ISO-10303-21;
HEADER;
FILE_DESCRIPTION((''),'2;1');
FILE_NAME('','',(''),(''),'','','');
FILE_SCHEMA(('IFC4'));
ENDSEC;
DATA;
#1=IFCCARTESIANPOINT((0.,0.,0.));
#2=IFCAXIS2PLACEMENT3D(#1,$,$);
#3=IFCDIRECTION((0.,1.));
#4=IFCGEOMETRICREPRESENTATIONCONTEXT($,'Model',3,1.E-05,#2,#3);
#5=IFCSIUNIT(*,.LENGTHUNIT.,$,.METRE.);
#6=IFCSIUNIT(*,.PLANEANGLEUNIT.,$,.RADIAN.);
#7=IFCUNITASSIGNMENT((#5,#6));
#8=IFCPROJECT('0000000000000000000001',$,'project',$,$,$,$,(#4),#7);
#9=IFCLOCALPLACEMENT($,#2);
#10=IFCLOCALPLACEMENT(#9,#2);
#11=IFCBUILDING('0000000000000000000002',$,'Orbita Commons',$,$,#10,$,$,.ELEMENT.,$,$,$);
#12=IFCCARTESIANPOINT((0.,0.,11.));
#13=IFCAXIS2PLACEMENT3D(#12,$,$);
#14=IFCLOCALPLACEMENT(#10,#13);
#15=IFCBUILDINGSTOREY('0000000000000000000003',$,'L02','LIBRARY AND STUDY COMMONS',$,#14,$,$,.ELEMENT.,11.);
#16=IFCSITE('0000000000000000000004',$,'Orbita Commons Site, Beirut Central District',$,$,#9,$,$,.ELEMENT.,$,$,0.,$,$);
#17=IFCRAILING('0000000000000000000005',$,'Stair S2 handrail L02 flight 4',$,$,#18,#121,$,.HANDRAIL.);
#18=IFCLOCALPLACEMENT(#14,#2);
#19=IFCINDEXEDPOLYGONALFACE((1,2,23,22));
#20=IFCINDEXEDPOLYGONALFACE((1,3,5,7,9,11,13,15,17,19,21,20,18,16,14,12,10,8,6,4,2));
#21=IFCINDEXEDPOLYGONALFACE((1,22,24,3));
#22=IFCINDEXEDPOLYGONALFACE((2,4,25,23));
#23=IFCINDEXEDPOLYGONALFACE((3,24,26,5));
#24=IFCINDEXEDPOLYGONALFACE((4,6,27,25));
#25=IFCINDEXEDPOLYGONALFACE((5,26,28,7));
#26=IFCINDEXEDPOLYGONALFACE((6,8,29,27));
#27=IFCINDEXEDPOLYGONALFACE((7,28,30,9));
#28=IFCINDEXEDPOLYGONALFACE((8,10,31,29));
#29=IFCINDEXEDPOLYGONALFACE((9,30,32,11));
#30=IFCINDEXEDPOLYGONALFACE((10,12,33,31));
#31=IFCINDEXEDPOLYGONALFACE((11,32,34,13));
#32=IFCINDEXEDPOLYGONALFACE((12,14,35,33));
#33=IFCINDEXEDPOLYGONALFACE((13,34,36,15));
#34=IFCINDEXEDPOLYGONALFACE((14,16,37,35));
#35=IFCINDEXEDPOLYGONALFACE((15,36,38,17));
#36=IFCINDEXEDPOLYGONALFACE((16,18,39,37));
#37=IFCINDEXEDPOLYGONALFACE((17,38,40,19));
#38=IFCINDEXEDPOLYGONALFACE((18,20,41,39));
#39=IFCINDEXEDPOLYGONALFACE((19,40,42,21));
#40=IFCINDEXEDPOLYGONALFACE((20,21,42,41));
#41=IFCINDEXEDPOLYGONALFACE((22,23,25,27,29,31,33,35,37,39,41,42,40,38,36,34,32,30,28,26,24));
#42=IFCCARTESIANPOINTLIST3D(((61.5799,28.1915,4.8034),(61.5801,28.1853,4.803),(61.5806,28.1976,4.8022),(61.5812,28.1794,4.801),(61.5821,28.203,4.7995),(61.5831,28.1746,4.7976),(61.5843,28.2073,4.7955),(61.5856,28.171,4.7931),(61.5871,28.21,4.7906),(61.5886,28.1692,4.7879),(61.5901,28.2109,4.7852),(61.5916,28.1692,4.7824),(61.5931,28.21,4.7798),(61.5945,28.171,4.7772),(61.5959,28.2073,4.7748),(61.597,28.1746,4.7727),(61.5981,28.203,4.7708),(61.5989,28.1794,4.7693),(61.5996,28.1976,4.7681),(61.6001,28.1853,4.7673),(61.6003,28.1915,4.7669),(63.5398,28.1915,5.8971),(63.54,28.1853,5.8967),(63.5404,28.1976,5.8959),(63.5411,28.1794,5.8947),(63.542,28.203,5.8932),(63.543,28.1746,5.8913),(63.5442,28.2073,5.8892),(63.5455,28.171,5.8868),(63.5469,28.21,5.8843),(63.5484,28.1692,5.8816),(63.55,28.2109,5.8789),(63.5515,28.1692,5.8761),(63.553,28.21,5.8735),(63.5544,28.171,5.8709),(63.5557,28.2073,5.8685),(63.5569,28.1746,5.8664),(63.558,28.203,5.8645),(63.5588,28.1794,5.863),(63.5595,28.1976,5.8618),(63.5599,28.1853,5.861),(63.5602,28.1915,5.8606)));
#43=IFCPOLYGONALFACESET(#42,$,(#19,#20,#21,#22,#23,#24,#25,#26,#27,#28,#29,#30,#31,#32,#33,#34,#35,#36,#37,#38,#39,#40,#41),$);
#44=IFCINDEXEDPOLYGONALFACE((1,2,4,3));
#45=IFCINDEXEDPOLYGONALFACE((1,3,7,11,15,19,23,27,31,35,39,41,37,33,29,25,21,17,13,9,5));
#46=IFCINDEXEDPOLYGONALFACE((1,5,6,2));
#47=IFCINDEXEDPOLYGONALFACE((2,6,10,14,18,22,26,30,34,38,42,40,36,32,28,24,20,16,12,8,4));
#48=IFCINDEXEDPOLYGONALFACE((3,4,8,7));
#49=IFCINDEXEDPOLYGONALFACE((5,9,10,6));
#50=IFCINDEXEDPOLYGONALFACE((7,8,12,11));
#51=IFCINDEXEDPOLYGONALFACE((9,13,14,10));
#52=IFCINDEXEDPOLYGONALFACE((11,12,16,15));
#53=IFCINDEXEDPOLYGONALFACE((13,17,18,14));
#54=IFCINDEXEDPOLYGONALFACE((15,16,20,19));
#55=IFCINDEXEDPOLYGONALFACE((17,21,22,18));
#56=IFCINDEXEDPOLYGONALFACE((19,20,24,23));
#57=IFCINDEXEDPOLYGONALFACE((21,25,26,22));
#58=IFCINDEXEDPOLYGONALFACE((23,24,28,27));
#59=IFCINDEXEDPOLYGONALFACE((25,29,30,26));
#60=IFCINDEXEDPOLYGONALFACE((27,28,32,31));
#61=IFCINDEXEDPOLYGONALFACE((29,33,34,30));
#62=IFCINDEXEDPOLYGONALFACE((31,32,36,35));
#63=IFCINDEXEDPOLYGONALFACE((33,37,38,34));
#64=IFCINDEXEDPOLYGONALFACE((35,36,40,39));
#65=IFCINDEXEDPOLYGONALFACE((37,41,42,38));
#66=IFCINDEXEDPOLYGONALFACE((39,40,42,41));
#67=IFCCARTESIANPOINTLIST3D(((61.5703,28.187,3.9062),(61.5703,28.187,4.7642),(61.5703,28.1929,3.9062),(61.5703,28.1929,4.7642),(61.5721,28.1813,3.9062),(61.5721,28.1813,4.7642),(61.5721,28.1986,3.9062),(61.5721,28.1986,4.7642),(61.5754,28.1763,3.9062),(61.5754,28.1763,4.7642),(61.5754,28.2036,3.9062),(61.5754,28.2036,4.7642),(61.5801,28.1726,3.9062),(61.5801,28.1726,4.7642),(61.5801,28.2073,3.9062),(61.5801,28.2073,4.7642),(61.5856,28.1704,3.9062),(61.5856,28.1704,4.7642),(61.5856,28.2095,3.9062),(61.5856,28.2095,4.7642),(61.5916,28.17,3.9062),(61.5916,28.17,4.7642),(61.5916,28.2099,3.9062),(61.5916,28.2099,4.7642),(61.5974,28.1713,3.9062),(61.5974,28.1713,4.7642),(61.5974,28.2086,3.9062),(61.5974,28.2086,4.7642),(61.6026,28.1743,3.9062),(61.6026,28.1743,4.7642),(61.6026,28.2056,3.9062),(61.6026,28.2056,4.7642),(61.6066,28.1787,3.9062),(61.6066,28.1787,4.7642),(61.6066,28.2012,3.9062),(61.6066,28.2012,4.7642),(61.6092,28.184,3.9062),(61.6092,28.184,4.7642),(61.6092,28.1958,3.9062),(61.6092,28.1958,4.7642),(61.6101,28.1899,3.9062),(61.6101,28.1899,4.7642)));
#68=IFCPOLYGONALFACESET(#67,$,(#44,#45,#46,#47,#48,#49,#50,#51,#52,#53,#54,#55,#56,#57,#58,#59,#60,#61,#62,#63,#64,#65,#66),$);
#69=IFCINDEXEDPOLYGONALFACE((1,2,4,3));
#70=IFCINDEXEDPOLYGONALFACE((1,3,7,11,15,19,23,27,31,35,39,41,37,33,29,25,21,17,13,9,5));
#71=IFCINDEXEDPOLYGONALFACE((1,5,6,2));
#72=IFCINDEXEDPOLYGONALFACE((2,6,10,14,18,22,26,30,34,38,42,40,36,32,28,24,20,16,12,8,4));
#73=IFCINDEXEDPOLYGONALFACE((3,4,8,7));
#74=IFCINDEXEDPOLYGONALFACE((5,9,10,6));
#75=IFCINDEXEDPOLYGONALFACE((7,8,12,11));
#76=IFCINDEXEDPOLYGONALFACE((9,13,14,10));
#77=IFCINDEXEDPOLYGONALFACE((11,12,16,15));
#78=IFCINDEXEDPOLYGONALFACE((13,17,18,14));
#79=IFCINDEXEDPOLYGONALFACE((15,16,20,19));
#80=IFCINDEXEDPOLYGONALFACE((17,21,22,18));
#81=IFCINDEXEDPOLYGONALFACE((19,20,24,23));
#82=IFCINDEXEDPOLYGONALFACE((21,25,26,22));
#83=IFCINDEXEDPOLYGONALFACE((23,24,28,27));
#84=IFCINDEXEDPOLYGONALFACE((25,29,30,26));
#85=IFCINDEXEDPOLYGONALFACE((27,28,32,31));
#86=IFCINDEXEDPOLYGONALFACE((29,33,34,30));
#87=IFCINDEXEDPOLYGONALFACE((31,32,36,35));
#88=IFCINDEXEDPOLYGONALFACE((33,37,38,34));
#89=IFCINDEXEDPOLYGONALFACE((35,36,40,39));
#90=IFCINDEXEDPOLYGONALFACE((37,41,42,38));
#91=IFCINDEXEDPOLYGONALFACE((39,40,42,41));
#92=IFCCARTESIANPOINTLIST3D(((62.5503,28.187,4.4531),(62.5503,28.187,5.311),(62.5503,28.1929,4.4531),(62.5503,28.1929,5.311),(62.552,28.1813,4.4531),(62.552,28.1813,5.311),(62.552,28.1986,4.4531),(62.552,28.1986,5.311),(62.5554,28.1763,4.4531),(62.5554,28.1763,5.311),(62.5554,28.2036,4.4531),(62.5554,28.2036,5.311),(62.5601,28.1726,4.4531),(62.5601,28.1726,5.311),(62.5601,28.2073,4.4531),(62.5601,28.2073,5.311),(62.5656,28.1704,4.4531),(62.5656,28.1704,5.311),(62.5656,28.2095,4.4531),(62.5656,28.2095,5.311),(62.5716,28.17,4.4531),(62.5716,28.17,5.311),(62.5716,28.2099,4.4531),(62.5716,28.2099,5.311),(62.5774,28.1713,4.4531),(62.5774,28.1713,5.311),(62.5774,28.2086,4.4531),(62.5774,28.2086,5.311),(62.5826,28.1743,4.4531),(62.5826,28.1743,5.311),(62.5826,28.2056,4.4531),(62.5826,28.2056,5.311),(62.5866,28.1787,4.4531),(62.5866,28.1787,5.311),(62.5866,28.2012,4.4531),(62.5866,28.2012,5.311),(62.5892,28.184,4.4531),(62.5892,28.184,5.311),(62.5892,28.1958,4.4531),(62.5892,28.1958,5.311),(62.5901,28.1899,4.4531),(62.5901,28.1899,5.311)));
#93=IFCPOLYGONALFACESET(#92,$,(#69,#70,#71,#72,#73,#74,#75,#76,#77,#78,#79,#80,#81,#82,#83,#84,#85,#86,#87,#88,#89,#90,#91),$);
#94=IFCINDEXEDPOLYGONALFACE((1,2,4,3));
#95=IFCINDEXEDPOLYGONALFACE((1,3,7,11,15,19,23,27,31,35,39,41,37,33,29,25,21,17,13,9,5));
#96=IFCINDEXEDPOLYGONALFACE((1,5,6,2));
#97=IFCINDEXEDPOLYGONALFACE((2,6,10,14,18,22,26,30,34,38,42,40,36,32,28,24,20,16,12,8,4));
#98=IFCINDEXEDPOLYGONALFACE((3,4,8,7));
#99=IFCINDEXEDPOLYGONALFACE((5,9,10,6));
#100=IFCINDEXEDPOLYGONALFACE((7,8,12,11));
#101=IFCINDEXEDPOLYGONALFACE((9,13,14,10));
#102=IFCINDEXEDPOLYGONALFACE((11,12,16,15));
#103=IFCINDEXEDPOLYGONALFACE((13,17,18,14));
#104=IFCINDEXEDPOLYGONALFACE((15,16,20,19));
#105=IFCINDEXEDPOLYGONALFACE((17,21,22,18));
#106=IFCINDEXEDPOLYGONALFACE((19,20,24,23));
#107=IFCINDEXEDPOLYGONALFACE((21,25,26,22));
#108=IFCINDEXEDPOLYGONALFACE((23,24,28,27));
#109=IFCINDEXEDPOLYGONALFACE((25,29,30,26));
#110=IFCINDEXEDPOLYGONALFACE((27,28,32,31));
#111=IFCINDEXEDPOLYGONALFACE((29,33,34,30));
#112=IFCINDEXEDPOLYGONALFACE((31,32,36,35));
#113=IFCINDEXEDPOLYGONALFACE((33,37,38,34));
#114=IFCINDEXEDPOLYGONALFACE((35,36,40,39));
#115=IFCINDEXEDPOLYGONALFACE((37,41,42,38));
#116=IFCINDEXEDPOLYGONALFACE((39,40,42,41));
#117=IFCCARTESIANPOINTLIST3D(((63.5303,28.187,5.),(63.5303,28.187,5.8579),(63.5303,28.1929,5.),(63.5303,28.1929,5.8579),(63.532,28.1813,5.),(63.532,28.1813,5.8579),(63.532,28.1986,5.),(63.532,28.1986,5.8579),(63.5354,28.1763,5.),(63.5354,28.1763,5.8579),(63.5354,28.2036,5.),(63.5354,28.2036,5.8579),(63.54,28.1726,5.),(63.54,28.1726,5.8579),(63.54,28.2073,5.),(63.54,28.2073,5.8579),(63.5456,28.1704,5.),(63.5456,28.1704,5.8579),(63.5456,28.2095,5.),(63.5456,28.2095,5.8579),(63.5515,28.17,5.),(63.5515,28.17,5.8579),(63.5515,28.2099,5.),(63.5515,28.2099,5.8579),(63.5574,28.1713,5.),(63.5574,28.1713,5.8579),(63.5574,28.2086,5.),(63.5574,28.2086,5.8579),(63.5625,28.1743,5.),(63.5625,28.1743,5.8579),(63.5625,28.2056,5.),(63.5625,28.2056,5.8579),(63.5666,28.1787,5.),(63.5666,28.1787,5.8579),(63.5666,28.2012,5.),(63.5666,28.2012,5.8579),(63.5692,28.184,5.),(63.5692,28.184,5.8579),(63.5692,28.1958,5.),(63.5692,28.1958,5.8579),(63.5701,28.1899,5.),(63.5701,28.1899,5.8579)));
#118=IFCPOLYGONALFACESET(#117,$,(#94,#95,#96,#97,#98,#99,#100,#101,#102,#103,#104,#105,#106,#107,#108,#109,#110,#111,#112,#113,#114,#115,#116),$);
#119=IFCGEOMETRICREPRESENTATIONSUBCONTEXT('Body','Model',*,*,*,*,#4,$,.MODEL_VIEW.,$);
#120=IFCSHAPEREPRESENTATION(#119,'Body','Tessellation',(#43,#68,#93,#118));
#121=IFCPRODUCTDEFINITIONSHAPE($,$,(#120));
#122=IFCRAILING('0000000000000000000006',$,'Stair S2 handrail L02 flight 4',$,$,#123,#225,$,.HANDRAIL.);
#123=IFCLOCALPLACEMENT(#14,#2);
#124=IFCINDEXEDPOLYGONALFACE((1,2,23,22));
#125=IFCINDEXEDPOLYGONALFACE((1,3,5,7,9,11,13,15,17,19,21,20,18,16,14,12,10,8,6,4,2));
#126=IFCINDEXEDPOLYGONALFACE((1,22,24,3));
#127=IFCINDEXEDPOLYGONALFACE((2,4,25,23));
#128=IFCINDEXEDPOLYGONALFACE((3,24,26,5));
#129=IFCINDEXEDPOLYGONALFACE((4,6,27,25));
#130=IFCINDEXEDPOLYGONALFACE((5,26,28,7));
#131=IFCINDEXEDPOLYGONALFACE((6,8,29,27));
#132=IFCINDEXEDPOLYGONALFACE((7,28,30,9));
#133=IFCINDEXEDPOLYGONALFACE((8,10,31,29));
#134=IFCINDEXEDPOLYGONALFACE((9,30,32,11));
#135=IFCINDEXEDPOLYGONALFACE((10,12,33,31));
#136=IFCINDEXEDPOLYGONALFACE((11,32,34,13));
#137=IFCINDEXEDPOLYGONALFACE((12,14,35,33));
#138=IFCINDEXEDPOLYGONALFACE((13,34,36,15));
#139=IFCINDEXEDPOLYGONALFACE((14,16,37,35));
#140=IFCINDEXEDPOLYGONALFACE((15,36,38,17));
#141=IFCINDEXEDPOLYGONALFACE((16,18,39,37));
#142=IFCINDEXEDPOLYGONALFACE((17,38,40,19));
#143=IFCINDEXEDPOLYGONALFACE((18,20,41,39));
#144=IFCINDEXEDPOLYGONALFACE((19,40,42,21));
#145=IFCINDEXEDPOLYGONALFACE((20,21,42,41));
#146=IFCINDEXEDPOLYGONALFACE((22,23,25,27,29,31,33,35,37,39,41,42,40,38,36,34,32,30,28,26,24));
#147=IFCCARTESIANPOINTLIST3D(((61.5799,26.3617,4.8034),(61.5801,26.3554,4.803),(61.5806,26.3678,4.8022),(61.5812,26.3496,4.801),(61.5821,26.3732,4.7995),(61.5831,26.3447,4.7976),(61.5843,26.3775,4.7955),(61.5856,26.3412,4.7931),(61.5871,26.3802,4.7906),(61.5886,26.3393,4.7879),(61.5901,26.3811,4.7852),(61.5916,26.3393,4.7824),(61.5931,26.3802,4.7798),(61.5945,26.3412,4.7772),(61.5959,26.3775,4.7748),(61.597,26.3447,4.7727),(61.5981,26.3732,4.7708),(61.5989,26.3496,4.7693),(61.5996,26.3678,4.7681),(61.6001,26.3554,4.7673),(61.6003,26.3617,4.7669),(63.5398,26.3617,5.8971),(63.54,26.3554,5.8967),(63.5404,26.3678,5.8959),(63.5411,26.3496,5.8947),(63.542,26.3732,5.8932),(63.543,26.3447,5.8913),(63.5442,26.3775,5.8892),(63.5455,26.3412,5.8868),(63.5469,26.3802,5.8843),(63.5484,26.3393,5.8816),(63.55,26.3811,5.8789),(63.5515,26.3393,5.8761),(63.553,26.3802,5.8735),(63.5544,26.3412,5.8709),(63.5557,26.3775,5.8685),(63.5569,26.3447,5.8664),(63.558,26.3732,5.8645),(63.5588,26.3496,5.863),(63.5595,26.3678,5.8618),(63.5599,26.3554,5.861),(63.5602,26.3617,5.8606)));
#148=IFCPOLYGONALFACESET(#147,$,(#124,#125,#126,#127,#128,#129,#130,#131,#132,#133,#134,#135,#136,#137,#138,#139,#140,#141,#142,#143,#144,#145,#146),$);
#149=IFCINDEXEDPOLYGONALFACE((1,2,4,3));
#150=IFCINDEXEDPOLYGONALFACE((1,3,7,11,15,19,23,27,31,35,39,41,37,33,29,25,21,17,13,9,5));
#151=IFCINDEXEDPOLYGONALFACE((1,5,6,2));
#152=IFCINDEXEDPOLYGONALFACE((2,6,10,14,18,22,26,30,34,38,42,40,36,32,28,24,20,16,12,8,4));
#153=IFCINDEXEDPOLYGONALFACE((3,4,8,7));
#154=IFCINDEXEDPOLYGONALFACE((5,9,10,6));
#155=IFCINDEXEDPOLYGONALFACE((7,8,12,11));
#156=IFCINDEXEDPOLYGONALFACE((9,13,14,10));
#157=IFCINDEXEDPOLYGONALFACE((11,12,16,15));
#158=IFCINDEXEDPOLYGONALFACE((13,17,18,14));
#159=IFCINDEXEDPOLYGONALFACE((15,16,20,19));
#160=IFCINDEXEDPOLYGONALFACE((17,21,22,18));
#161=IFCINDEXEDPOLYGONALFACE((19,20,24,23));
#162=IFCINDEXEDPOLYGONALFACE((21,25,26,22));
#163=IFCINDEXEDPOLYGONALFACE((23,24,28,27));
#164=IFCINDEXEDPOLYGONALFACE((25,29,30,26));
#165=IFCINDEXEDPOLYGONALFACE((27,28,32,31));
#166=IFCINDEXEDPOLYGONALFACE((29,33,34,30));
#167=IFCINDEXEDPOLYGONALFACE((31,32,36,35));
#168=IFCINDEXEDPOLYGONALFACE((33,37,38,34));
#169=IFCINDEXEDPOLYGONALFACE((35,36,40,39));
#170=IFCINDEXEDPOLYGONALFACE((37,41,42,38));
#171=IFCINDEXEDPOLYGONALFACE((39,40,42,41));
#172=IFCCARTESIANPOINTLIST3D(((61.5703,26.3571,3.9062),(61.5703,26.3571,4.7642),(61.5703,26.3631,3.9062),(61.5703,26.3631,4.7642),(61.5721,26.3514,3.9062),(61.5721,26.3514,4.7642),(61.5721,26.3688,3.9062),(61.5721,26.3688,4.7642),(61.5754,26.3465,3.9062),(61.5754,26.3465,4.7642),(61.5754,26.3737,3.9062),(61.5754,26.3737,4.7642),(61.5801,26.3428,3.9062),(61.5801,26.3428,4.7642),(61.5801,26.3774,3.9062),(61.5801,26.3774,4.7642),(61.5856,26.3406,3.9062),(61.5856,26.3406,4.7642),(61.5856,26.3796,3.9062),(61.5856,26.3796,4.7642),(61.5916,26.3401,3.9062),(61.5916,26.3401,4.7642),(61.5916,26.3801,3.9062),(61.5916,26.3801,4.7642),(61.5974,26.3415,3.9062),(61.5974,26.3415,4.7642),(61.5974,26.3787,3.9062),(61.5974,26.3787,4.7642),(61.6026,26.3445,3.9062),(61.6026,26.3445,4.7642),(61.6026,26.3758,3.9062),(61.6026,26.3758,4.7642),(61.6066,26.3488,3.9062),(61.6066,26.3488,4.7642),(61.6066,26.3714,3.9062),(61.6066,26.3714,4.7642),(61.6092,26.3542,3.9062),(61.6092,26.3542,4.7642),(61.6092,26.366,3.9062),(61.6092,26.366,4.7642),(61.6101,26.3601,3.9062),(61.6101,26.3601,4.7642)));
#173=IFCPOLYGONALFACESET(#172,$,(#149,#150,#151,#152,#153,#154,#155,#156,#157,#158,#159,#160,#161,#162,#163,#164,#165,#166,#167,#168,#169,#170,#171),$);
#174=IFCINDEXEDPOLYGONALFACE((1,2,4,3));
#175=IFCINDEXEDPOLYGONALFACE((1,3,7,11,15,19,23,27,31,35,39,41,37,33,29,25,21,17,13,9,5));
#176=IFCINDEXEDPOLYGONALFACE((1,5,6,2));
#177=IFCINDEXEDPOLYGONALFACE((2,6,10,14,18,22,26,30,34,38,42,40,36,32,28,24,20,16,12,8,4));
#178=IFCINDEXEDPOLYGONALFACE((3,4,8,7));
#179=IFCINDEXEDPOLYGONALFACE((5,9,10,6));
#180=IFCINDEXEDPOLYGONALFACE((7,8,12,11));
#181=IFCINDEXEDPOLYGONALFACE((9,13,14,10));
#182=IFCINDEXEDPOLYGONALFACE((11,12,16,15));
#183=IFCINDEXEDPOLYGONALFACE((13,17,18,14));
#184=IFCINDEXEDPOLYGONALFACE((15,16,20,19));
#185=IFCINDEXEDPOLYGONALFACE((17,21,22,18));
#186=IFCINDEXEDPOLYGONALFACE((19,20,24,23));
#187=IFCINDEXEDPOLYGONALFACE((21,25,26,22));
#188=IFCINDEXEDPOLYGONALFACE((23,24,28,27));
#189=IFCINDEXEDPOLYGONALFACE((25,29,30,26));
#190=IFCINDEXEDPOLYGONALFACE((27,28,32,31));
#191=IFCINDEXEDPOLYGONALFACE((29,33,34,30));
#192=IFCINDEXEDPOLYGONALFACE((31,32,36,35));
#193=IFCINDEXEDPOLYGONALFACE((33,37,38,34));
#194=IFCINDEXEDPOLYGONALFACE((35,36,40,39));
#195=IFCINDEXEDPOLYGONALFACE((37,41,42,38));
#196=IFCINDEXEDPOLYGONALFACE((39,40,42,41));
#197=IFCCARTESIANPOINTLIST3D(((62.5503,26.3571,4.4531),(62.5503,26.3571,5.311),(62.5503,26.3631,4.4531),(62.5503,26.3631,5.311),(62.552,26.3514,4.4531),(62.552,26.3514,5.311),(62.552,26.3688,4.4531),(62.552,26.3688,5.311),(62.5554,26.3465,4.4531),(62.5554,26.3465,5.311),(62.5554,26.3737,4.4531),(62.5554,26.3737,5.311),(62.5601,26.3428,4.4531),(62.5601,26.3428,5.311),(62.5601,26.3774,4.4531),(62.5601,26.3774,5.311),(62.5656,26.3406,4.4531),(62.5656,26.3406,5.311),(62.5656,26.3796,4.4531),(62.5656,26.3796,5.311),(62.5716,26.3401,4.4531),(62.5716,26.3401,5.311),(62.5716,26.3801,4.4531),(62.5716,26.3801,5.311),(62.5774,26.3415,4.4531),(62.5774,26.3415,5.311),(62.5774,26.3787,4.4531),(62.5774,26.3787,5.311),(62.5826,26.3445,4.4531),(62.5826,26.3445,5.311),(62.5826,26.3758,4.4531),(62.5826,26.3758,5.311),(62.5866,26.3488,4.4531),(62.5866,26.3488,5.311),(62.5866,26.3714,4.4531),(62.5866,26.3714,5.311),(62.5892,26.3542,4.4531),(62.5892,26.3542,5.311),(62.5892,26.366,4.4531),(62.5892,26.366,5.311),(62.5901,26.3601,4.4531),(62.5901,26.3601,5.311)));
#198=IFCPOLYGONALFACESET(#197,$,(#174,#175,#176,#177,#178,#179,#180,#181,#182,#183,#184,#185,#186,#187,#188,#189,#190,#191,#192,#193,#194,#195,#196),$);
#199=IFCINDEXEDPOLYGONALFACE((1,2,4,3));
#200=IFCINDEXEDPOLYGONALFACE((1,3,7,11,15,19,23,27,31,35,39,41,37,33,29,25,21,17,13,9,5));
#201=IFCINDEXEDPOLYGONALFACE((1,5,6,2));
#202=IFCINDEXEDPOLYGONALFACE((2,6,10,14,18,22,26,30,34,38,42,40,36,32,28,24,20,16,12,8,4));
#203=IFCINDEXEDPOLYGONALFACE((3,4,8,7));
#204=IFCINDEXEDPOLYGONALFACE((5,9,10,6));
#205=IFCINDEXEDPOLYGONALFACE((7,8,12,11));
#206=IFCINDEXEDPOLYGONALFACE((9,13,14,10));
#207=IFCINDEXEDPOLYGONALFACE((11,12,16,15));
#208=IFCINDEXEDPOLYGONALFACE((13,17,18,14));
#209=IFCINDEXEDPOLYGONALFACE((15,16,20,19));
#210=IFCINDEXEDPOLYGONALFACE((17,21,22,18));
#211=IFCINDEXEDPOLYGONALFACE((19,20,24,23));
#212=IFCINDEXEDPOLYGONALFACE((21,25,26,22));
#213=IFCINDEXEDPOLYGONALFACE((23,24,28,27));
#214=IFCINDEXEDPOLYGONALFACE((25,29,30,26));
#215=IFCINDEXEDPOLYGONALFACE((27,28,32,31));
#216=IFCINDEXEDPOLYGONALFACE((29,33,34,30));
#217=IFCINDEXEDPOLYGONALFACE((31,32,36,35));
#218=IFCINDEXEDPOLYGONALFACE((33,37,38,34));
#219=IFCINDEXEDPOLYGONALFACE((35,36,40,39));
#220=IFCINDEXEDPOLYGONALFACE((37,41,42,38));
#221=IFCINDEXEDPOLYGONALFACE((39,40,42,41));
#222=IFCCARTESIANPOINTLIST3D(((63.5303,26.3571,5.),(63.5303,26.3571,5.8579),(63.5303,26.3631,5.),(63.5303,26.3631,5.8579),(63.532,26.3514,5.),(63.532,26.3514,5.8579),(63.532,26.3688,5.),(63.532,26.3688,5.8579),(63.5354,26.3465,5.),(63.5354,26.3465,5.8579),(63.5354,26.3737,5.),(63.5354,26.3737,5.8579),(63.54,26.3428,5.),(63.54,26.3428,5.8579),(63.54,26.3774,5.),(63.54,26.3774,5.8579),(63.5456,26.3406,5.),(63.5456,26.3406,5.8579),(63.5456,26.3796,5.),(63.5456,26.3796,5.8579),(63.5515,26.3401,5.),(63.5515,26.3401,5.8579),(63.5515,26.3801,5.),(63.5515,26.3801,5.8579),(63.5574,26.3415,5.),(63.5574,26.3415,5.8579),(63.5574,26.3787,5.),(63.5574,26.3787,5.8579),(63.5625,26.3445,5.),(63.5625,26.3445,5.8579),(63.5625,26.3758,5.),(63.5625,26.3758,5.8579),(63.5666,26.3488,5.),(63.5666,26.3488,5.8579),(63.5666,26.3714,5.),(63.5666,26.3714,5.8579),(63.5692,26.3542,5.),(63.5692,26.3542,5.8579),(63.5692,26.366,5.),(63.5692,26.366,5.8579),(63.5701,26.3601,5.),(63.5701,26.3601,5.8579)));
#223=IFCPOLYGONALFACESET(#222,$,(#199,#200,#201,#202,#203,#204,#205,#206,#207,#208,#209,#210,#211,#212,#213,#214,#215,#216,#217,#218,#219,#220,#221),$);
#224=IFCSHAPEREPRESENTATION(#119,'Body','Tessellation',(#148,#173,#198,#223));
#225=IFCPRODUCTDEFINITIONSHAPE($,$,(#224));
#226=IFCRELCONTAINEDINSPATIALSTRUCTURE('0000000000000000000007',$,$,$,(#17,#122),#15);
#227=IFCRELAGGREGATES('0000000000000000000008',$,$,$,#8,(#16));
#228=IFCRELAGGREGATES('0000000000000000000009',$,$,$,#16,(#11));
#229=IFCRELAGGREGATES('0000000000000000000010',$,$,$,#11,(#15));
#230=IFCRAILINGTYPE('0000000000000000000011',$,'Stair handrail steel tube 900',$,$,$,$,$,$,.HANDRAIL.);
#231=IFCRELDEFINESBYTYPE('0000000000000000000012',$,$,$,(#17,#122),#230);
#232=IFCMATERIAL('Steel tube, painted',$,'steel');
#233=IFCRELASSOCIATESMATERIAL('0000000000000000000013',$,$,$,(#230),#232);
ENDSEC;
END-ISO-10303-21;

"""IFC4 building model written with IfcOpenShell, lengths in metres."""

from ifc_helpers import new_model, si_unit, direction, frame, origin, origin_2d, place, context, subcontext, project, spatial, circle, extrude, material, type_object, element, save


model = new_model("IFC4")

# Units and contexts
model_context = context("Model", 3, precision=1e-05, world=origin(), true_north=direction((0.0, 1.0)))
body_context = subcontext(model_context, "Body", "Model", "MODEL_VIEW")
ifc_project = project(units=[si_unit("LENGTHUNIT", "METRE"), si_unit("PLANEANGLEUNIT", "RADIAN")], contexts=[model_context])

# Site, building, storey
site_placement = place(None, origin())
site = spatial("IfcSite", under=ifc_project, at=site_placement, Name="Orbita Commons Site, Beirut Central District", CompositionType="ELEMENT", RefElevation=0.0)
building_placement = place(site_placement, origin())
building = spatial("IfcBuilding", under=site, at=building_placement, Name="Orbita Commons", CompositionType="ELEMENT")
storey_placement = place(building_placement, frame((0.0, 0.0, 11.0)))
storey = spatial("IfcBuildingStorey", under=building, at=storey_placement, Name="L02", Description="LIBRARY AND STUDY COMMONS", CompositionType="ELEMENT", Elevation=11.0)

# Railings
ifc_material_1 = material(Name="Steel tube, painted", Category="steel")
railing_type = type_object("IfcRailingType", Name="Stair handrail steel tube 900", PredefinedType="HANDRAIL", material=ifc_material_1)
for number, where, name in (
    (1, (61.5901, 28.1899, 3.9062), "Stair S2 handrail L02 flight 4"),
    (2, (61.5901, 26.3601, 3.9062), "Stair S2 handrail L02 flight 4"),
):
    element("IfcRailing", number, at=place(storey_placement, frame(where)), inside=storey, type_object=railing_type, Name=name, PredefinedType="HANDRAIL", context=body_context, shape_type="SweptSolid", body=[
        extrude(circle(Radius=0.021, at=origin_2d()), frame((0.0, 0.0, 0.8789), z_axis=(0.873232, 0.0, 0.487304), x_axis=(0.0, 1.0, 0.0)), (0.0, 0.0, 1.0), 2.2444),
        extrude(circle(Radius=0.02, at=origin_2d()), origin(), (0.0, 0.0, 1.0), 0.8579),
        extrude(circle(Radius=0.02, at=origin_2d()), frame((0.98, 0.0, 0.5469)), (0.0, 0.0, 1.0), 0.8579),
        extrude(circle(Radius=0.02, at=origin_2d()), frame((1.96, 0.0, 1.0938)), (0.0, 0.0, 1.0), 0.8579),
    ])

save(model, "model.ifc")
